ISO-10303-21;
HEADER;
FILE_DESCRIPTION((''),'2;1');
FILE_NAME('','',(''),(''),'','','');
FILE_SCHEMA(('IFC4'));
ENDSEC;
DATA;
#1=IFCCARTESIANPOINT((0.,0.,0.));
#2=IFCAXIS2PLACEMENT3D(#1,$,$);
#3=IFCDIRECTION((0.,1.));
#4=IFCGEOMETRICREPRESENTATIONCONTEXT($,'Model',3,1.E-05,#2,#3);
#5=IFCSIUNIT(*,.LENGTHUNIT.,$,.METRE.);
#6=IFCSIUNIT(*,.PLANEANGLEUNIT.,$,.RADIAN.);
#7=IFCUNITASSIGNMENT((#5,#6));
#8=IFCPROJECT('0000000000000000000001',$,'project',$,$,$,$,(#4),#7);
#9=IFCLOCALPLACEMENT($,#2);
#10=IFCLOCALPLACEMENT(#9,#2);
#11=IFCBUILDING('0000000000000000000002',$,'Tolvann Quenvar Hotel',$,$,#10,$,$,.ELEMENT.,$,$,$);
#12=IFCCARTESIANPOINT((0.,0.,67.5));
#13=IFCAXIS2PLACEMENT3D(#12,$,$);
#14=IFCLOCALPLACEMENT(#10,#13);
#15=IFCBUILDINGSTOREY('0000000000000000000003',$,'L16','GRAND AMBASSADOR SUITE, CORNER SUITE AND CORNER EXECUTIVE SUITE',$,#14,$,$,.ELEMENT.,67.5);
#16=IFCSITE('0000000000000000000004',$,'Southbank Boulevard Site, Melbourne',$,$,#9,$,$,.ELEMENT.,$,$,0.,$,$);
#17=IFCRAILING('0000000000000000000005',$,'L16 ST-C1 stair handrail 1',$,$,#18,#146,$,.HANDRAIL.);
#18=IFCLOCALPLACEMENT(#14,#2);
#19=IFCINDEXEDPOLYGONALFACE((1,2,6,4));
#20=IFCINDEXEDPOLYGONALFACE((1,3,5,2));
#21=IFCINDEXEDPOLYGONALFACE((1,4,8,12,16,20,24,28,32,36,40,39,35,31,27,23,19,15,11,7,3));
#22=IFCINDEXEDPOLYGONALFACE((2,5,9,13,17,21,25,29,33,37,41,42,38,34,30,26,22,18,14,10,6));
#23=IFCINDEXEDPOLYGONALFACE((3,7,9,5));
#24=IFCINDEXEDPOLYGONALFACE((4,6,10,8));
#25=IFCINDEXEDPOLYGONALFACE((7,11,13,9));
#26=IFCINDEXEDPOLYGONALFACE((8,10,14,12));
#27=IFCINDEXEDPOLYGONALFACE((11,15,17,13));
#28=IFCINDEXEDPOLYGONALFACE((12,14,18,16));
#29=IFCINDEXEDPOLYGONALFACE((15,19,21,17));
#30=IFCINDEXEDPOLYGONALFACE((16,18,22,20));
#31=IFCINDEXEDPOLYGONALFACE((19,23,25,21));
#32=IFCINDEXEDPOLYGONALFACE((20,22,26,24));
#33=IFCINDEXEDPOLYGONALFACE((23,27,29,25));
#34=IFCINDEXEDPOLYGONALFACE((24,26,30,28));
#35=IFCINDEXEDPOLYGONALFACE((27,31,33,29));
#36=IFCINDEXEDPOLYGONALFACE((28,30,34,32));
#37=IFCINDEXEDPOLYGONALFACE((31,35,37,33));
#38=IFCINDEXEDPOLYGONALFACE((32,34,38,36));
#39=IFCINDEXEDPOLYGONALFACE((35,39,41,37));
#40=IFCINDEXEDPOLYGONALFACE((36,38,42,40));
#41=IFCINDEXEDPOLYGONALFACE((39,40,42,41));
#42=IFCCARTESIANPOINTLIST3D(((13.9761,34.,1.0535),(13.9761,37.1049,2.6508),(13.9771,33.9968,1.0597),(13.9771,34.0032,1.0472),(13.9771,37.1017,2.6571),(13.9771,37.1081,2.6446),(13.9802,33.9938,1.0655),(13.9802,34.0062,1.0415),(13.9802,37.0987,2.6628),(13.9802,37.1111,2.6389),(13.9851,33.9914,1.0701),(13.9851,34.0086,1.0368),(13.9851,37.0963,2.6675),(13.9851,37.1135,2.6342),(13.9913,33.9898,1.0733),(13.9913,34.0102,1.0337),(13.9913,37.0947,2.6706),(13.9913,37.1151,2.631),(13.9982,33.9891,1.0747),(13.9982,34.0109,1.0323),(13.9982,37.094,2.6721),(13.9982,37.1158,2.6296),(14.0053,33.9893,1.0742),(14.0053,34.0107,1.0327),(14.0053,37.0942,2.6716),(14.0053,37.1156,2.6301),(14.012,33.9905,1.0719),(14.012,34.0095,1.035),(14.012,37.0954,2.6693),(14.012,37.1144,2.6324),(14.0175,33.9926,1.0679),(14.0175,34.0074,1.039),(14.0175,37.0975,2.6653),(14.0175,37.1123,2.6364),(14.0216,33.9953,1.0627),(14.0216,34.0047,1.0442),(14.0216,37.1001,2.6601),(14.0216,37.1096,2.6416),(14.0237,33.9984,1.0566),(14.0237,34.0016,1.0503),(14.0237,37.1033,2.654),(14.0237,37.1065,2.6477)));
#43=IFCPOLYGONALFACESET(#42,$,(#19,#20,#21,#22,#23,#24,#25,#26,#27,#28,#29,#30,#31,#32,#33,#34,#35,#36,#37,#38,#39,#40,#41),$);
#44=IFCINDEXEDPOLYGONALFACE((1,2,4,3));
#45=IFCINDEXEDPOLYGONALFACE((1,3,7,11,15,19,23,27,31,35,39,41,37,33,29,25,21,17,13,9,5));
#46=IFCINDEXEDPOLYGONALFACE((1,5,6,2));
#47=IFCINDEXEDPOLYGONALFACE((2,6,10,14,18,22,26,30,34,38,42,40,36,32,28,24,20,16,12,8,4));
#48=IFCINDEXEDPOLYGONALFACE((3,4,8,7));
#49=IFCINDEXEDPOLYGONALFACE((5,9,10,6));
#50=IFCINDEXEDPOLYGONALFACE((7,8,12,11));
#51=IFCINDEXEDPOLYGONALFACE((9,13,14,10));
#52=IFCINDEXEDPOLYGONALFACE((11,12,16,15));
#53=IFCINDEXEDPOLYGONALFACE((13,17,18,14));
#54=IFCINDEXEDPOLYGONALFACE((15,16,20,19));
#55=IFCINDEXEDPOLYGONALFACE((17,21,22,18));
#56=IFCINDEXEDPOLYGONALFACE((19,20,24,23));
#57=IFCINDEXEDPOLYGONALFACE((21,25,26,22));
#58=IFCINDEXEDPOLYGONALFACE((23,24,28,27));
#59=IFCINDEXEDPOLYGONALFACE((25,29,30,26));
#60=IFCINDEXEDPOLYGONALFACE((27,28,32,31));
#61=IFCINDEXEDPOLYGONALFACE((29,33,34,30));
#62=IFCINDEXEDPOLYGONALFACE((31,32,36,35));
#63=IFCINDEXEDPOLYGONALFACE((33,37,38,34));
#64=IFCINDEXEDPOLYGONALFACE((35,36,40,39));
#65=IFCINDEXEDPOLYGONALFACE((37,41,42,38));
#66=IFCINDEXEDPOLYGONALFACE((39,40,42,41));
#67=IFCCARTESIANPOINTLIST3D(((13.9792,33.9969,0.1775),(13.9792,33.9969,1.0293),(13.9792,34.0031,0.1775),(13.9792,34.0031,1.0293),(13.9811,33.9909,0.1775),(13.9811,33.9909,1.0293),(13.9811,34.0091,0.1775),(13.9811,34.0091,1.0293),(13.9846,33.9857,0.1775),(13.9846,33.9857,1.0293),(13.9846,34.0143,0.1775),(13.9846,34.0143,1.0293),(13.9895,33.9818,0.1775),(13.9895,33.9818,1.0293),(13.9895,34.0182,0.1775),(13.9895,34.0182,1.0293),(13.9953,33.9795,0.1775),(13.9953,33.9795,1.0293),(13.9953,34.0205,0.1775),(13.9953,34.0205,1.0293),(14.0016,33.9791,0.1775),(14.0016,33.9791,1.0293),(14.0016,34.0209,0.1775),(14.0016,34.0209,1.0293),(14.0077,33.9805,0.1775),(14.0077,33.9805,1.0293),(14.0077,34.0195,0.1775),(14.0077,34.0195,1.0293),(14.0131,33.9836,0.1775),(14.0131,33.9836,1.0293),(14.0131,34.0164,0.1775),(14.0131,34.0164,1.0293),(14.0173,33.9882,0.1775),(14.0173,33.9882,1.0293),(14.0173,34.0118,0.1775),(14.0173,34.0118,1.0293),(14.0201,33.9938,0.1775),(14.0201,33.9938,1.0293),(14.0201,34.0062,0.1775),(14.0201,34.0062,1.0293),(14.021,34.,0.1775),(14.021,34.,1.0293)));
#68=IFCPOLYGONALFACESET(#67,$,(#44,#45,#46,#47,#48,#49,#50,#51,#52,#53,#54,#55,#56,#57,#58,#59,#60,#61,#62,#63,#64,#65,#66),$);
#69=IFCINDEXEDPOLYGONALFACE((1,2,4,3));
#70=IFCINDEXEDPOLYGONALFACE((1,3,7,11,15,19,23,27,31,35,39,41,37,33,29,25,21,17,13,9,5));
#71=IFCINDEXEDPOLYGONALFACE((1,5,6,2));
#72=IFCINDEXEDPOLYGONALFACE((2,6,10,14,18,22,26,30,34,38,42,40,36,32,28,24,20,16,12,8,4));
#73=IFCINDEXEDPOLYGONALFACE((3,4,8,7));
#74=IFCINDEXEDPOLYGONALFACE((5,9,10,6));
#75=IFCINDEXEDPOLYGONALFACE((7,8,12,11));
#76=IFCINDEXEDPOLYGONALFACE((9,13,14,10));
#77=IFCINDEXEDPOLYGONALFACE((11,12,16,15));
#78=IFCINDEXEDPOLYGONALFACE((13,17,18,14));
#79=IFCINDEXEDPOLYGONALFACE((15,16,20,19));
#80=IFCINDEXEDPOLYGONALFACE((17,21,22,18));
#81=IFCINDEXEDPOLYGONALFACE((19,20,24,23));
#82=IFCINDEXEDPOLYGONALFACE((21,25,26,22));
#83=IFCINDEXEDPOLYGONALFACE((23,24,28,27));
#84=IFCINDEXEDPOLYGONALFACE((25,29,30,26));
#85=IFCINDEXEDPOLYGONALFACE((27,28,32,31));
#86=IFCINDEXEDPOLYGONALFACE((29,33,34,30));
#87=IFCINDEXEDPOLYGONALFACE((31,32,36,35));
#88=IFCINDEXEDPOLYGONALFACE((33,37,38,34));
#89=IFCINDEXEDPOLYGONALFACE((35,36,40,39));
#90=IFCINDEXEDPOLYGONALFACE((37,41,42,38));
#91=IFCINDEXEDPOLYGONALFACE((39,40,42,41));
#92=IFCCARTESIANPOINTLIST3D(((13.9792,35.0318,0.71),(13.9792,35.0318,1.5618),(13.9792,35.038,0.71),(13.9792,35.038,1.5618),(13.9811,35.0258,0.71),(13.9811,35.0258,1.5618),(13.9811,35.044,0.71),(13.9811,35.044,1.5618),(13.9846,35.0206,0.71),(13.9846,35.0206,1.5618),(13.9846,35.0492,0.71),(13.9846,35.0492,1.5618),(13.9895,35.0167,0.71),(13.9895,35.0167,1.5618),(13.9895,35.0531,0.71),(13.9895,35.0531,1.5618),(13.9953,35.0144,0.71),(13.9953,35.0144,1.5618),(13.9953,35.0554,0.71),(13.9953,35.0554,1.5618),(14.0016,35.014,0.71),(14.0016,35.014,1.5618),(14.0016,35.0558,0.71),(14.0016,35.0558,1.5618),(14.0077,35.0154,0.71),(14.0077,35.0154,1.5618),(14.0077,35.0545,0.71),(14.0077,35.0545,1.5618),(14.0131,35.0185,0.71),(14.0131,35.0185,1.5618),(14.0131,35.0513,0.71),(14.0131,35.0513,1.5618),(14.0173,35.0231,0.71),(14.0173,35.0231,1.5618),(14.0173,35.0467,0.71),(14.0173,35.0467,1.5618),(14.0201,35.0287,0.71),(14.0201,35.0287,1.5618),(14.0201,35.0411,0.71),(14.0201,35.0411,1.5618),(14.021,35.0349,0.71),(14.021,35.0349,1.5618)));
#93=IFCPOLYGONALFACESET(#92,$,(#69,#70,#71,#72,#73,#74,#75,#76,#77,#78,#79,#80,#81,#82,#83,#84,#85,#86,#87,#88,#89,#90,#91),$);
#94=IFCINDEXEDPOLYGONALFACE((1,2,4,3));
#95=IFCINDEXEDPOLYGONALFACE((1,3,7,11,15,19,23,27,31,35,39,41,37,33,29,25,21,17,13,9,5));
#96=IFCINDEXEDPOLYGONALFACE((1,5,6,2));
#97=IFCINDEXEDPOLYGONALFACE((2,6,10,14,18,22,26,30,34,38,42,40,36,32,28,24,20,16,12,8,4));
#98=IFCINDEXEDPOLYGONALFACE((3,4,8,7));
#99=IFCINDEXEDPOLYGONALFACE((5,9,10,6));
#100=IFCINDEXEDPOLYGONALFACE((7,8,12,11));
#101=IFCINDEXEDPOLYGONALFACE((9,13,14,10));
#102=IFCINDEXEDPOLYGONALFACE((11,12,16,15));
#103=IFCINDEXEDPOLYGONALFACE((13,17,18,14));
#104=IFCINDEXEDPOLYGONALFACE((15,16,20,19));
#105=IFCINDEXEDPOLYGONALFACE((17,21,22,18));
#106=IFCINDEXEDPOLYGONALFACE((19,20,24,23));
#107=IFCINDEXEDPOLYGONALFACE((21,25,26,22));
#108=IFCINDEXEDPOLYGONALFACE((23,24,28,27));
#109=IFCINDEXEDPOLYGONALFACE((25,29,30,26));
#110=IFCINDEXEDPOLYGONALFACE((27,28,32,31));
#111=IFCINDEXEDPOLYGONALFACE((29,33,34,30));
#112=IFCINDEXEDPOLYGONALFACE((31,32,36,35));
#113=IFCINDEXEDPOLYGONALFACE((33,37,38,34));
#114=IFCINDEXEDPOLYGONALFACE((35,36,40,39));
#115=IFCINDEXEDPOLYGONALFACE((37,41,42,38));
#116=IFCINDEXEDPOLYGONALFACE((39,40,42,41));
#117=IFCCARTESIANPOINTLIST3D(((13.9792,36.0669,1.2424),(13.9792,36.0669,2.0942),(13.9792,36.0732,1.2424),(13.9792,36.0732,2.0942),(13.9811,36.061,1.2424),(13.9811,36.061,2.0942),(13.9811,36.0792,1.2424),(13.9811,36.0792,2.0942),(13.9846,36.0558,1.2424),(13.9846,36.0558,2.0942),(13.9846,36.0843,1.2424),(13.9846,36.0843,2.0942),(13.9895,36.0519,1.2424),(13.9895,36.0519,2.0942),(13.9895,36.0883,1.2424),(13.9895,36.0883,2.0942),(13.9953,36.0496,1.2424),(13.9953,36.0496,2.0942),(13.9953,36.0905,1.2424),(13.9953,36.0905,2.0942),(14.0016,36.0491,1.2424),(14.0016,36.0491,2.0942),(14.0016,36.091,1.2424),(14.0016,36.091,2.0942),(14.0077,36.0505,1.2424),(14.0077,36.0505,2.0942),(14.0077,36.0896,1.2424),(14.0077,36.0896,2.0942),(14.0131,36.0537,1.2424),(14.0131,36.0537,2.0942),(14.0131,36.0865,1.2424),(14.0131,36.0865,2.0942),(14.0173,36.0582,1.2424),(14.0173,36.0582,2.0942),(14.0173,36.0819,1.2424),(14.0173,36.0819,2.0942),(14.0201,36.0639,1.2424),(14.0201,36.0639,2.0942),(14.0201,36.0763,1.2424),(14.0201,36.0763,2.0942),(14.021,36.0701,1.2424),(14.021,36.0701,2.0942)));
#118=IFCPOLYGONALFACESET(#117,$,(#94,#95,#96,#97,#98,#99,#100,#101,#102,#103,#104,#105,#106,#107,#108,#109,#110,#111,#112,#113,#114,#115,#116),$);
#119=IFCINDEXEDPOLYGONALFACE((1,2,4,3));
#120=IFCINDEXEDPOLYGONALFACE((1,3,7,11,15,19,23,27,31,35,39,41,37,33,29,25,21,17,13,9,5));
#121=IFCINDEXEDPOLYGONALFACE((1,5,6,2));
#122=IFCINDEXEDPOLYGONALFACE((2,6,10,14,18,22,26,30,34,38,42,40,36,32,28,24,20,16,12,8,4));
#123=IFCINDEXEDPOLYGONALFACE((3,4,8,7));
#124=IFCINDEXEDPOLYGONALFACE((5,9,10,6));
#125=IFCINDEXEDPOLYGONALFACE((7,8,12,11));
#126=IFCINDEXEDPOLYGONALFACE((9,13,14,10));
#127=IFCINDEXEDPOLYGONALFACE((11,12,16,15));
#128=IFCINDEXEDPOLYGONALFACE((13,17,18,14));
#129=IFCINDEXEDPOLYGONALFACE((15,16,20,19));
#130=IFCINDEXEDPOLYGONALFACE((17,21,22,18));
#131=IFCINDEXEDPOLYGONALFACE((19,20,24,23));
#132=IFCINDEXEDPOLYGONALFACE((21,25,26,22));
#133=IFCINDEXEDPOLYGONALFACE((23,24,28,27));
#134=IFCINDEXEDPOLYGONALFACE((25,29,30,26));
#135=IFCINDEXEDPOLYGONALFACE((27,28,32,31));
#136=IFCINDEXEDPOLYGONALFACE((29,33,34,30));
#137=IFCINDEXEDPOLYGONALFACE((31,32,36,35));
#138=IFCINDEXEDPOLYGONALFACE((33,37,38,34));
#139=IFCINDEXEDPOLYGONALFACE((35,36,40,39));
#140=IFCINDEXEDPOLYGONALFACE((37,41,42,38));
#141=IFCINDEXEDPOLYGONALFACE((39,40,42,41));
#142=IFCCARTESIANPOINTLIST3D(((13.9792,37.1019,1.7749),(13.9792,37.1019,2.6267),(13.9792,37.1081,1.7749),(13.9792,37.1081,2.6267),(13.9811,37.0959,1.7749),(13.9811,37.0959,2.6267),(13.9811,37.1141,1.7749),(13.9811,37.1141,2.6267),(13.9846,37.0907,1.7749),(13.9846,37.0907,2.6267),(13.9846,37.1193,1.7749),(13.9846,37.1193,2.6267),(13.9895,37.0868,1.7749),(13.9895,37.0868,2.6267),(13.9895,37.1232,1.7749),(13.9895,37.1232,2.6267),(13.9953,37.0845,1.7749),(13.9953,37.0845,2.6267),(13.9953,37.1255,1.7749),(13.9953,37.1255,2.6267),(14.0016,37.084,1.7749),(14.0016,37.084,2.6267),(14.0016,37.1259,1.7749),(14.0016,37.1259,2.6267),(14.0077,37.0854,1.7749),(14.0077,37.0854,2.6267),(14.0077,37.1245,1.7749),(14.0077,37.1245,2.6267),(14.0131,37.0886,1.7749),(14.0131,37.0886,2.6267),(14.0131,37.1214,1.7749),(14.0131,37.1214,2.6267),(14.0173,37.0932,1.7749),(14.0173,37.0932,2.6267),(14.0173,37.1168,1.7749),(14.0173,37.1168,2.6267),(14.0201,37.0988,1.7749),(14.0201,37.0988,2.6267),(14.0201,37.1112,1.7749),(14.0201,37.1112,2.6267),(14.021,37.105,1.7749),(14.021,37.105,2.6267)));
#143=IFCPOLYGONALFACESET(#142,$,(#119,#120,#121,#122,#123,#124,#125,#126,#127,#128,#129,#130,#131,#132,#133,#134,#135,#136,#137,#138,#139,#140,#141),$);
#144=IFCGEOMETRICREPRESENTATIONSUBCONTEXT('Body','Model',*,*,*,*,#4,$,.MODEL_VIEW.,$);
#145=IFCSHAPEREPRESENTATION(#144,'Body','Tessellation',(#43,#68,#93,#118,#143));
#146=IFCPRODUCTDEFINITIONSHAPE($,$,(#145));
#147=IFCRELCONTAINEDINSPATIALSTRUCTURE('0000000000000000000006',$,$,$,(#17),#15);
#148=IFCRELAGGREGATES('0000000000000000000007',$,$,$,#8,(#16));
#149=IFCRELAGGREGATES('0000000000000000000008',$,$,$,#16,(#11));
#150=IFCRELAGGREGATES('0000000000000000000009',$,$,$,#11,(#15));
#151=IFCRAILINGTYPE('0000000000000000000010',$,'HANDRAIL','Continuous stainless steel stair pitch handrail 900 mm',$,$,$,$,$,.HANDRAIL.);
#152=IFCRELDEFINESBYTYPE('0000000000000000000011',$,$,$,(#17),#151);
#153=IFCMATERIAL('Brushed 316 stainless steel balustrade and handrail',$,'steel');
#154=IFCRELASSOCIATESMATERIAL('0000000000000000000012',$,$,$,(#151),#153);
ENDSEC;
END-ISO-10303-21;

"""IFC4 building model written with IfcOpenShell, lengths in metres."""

from ifc_helpers import new_model, si_unit, direction, frame, origin, origin_2d, place, context, subcontext, project, spatial, circle, extrude, material, type_object, element, save


model = new_model("IFC4")

# Units and contexts
model_context = context("Model", 3, precision=1e-05, world=origin(), true_north=direction((0.0, 1.0)))
body_context = subcontext(model_context, "Body", "Model", "MODEL_VIEW")
ifc_project = project(units=[si_unit("LENGTHUNIT", "METRE"), si_unit("PLANEANGLEUNIT", "RADIAN")], contexts=[model_context])

# Site, building, storey
site_placement = place(None, origin())
site = spatial("IfcSite", under=ifc_project, at=site_placement, Name="Southbank Boulevard Site, Melbourne", CompositionType="ELEMENT", RefElevation=0.0)
building_placement = place(site_placement, origin())
building = spatial("IfcBuilding", under=site, at=building_placement, Name="Tolvann Quenvar Hotel", CompositionType="ELEMENT")
storey_placement = place(building_placement, frame((0.0, 0.0, 67.5)))
storey = spatial("IfcBuildingStorey", under=building, at=storey_placement, Name="L16", Description="GRAND AMBASSADOR SUITE, CORNER SUITE AND CORNER EXECUTIVE SUITE", CompositionType="ELEMENT", Elevation=67.5)

# Railing
ifc_material_1 = material(Name="Brushed 316 stainless steel balustrade and handrail", Category="steel")
railing_type_1 = type_object("IfcRailingType", Name="HANDRAIL", Description="Continuous stainless steel stair pitch handrail 900 mm", PredefinedType="HANDRAIL", material=ifc_material_1)
railing_1_placement = place(storey_placement, frame((14.0, 34.0, 0.1775)))
element("IfcRailing", 1, at=railing_1_placement, inside=storey, type_object=railing_type_1, Name="L16 ST-C1 stair handrail 1", PredefinedType="HANDRAIL", context=body_context, shape_type="SweptSolid", body=[
    extrude(circle(Radius=0.0239, at=origin_2d()), frame((0.0, 0.0, 0.876), z_axis=(0.0, 0.889222, 0.457476), x_axis=(-1.0, 0.0, 0.0)), (0.0, 0.0, 1.0), 3.4917),
    extrude(circle(Radius=0.021, at=origin_2d()), origin(), (0.0, 0.0, 1.0), 0.8518),
    extrude(circle(Radius=0.021, at=origin_2d()), frame((0.0, 1.0349, 0.5325)), (0.0, 0.0, 1.0), 0.8518),
    extrude(circle(Radius=0.021, at=origin_2d()), frame((0.0, 2.0701, 1.0649)), (0.0, 0.0, 1.0), 0.8518),
    extrude(circle(Radius=0.021, at=origin_2d()), frame((0.0, 3.105, 1.5974)), (0.0, 0.0, 1.0), 0.8518),
])

save(model, "model.ifc")
